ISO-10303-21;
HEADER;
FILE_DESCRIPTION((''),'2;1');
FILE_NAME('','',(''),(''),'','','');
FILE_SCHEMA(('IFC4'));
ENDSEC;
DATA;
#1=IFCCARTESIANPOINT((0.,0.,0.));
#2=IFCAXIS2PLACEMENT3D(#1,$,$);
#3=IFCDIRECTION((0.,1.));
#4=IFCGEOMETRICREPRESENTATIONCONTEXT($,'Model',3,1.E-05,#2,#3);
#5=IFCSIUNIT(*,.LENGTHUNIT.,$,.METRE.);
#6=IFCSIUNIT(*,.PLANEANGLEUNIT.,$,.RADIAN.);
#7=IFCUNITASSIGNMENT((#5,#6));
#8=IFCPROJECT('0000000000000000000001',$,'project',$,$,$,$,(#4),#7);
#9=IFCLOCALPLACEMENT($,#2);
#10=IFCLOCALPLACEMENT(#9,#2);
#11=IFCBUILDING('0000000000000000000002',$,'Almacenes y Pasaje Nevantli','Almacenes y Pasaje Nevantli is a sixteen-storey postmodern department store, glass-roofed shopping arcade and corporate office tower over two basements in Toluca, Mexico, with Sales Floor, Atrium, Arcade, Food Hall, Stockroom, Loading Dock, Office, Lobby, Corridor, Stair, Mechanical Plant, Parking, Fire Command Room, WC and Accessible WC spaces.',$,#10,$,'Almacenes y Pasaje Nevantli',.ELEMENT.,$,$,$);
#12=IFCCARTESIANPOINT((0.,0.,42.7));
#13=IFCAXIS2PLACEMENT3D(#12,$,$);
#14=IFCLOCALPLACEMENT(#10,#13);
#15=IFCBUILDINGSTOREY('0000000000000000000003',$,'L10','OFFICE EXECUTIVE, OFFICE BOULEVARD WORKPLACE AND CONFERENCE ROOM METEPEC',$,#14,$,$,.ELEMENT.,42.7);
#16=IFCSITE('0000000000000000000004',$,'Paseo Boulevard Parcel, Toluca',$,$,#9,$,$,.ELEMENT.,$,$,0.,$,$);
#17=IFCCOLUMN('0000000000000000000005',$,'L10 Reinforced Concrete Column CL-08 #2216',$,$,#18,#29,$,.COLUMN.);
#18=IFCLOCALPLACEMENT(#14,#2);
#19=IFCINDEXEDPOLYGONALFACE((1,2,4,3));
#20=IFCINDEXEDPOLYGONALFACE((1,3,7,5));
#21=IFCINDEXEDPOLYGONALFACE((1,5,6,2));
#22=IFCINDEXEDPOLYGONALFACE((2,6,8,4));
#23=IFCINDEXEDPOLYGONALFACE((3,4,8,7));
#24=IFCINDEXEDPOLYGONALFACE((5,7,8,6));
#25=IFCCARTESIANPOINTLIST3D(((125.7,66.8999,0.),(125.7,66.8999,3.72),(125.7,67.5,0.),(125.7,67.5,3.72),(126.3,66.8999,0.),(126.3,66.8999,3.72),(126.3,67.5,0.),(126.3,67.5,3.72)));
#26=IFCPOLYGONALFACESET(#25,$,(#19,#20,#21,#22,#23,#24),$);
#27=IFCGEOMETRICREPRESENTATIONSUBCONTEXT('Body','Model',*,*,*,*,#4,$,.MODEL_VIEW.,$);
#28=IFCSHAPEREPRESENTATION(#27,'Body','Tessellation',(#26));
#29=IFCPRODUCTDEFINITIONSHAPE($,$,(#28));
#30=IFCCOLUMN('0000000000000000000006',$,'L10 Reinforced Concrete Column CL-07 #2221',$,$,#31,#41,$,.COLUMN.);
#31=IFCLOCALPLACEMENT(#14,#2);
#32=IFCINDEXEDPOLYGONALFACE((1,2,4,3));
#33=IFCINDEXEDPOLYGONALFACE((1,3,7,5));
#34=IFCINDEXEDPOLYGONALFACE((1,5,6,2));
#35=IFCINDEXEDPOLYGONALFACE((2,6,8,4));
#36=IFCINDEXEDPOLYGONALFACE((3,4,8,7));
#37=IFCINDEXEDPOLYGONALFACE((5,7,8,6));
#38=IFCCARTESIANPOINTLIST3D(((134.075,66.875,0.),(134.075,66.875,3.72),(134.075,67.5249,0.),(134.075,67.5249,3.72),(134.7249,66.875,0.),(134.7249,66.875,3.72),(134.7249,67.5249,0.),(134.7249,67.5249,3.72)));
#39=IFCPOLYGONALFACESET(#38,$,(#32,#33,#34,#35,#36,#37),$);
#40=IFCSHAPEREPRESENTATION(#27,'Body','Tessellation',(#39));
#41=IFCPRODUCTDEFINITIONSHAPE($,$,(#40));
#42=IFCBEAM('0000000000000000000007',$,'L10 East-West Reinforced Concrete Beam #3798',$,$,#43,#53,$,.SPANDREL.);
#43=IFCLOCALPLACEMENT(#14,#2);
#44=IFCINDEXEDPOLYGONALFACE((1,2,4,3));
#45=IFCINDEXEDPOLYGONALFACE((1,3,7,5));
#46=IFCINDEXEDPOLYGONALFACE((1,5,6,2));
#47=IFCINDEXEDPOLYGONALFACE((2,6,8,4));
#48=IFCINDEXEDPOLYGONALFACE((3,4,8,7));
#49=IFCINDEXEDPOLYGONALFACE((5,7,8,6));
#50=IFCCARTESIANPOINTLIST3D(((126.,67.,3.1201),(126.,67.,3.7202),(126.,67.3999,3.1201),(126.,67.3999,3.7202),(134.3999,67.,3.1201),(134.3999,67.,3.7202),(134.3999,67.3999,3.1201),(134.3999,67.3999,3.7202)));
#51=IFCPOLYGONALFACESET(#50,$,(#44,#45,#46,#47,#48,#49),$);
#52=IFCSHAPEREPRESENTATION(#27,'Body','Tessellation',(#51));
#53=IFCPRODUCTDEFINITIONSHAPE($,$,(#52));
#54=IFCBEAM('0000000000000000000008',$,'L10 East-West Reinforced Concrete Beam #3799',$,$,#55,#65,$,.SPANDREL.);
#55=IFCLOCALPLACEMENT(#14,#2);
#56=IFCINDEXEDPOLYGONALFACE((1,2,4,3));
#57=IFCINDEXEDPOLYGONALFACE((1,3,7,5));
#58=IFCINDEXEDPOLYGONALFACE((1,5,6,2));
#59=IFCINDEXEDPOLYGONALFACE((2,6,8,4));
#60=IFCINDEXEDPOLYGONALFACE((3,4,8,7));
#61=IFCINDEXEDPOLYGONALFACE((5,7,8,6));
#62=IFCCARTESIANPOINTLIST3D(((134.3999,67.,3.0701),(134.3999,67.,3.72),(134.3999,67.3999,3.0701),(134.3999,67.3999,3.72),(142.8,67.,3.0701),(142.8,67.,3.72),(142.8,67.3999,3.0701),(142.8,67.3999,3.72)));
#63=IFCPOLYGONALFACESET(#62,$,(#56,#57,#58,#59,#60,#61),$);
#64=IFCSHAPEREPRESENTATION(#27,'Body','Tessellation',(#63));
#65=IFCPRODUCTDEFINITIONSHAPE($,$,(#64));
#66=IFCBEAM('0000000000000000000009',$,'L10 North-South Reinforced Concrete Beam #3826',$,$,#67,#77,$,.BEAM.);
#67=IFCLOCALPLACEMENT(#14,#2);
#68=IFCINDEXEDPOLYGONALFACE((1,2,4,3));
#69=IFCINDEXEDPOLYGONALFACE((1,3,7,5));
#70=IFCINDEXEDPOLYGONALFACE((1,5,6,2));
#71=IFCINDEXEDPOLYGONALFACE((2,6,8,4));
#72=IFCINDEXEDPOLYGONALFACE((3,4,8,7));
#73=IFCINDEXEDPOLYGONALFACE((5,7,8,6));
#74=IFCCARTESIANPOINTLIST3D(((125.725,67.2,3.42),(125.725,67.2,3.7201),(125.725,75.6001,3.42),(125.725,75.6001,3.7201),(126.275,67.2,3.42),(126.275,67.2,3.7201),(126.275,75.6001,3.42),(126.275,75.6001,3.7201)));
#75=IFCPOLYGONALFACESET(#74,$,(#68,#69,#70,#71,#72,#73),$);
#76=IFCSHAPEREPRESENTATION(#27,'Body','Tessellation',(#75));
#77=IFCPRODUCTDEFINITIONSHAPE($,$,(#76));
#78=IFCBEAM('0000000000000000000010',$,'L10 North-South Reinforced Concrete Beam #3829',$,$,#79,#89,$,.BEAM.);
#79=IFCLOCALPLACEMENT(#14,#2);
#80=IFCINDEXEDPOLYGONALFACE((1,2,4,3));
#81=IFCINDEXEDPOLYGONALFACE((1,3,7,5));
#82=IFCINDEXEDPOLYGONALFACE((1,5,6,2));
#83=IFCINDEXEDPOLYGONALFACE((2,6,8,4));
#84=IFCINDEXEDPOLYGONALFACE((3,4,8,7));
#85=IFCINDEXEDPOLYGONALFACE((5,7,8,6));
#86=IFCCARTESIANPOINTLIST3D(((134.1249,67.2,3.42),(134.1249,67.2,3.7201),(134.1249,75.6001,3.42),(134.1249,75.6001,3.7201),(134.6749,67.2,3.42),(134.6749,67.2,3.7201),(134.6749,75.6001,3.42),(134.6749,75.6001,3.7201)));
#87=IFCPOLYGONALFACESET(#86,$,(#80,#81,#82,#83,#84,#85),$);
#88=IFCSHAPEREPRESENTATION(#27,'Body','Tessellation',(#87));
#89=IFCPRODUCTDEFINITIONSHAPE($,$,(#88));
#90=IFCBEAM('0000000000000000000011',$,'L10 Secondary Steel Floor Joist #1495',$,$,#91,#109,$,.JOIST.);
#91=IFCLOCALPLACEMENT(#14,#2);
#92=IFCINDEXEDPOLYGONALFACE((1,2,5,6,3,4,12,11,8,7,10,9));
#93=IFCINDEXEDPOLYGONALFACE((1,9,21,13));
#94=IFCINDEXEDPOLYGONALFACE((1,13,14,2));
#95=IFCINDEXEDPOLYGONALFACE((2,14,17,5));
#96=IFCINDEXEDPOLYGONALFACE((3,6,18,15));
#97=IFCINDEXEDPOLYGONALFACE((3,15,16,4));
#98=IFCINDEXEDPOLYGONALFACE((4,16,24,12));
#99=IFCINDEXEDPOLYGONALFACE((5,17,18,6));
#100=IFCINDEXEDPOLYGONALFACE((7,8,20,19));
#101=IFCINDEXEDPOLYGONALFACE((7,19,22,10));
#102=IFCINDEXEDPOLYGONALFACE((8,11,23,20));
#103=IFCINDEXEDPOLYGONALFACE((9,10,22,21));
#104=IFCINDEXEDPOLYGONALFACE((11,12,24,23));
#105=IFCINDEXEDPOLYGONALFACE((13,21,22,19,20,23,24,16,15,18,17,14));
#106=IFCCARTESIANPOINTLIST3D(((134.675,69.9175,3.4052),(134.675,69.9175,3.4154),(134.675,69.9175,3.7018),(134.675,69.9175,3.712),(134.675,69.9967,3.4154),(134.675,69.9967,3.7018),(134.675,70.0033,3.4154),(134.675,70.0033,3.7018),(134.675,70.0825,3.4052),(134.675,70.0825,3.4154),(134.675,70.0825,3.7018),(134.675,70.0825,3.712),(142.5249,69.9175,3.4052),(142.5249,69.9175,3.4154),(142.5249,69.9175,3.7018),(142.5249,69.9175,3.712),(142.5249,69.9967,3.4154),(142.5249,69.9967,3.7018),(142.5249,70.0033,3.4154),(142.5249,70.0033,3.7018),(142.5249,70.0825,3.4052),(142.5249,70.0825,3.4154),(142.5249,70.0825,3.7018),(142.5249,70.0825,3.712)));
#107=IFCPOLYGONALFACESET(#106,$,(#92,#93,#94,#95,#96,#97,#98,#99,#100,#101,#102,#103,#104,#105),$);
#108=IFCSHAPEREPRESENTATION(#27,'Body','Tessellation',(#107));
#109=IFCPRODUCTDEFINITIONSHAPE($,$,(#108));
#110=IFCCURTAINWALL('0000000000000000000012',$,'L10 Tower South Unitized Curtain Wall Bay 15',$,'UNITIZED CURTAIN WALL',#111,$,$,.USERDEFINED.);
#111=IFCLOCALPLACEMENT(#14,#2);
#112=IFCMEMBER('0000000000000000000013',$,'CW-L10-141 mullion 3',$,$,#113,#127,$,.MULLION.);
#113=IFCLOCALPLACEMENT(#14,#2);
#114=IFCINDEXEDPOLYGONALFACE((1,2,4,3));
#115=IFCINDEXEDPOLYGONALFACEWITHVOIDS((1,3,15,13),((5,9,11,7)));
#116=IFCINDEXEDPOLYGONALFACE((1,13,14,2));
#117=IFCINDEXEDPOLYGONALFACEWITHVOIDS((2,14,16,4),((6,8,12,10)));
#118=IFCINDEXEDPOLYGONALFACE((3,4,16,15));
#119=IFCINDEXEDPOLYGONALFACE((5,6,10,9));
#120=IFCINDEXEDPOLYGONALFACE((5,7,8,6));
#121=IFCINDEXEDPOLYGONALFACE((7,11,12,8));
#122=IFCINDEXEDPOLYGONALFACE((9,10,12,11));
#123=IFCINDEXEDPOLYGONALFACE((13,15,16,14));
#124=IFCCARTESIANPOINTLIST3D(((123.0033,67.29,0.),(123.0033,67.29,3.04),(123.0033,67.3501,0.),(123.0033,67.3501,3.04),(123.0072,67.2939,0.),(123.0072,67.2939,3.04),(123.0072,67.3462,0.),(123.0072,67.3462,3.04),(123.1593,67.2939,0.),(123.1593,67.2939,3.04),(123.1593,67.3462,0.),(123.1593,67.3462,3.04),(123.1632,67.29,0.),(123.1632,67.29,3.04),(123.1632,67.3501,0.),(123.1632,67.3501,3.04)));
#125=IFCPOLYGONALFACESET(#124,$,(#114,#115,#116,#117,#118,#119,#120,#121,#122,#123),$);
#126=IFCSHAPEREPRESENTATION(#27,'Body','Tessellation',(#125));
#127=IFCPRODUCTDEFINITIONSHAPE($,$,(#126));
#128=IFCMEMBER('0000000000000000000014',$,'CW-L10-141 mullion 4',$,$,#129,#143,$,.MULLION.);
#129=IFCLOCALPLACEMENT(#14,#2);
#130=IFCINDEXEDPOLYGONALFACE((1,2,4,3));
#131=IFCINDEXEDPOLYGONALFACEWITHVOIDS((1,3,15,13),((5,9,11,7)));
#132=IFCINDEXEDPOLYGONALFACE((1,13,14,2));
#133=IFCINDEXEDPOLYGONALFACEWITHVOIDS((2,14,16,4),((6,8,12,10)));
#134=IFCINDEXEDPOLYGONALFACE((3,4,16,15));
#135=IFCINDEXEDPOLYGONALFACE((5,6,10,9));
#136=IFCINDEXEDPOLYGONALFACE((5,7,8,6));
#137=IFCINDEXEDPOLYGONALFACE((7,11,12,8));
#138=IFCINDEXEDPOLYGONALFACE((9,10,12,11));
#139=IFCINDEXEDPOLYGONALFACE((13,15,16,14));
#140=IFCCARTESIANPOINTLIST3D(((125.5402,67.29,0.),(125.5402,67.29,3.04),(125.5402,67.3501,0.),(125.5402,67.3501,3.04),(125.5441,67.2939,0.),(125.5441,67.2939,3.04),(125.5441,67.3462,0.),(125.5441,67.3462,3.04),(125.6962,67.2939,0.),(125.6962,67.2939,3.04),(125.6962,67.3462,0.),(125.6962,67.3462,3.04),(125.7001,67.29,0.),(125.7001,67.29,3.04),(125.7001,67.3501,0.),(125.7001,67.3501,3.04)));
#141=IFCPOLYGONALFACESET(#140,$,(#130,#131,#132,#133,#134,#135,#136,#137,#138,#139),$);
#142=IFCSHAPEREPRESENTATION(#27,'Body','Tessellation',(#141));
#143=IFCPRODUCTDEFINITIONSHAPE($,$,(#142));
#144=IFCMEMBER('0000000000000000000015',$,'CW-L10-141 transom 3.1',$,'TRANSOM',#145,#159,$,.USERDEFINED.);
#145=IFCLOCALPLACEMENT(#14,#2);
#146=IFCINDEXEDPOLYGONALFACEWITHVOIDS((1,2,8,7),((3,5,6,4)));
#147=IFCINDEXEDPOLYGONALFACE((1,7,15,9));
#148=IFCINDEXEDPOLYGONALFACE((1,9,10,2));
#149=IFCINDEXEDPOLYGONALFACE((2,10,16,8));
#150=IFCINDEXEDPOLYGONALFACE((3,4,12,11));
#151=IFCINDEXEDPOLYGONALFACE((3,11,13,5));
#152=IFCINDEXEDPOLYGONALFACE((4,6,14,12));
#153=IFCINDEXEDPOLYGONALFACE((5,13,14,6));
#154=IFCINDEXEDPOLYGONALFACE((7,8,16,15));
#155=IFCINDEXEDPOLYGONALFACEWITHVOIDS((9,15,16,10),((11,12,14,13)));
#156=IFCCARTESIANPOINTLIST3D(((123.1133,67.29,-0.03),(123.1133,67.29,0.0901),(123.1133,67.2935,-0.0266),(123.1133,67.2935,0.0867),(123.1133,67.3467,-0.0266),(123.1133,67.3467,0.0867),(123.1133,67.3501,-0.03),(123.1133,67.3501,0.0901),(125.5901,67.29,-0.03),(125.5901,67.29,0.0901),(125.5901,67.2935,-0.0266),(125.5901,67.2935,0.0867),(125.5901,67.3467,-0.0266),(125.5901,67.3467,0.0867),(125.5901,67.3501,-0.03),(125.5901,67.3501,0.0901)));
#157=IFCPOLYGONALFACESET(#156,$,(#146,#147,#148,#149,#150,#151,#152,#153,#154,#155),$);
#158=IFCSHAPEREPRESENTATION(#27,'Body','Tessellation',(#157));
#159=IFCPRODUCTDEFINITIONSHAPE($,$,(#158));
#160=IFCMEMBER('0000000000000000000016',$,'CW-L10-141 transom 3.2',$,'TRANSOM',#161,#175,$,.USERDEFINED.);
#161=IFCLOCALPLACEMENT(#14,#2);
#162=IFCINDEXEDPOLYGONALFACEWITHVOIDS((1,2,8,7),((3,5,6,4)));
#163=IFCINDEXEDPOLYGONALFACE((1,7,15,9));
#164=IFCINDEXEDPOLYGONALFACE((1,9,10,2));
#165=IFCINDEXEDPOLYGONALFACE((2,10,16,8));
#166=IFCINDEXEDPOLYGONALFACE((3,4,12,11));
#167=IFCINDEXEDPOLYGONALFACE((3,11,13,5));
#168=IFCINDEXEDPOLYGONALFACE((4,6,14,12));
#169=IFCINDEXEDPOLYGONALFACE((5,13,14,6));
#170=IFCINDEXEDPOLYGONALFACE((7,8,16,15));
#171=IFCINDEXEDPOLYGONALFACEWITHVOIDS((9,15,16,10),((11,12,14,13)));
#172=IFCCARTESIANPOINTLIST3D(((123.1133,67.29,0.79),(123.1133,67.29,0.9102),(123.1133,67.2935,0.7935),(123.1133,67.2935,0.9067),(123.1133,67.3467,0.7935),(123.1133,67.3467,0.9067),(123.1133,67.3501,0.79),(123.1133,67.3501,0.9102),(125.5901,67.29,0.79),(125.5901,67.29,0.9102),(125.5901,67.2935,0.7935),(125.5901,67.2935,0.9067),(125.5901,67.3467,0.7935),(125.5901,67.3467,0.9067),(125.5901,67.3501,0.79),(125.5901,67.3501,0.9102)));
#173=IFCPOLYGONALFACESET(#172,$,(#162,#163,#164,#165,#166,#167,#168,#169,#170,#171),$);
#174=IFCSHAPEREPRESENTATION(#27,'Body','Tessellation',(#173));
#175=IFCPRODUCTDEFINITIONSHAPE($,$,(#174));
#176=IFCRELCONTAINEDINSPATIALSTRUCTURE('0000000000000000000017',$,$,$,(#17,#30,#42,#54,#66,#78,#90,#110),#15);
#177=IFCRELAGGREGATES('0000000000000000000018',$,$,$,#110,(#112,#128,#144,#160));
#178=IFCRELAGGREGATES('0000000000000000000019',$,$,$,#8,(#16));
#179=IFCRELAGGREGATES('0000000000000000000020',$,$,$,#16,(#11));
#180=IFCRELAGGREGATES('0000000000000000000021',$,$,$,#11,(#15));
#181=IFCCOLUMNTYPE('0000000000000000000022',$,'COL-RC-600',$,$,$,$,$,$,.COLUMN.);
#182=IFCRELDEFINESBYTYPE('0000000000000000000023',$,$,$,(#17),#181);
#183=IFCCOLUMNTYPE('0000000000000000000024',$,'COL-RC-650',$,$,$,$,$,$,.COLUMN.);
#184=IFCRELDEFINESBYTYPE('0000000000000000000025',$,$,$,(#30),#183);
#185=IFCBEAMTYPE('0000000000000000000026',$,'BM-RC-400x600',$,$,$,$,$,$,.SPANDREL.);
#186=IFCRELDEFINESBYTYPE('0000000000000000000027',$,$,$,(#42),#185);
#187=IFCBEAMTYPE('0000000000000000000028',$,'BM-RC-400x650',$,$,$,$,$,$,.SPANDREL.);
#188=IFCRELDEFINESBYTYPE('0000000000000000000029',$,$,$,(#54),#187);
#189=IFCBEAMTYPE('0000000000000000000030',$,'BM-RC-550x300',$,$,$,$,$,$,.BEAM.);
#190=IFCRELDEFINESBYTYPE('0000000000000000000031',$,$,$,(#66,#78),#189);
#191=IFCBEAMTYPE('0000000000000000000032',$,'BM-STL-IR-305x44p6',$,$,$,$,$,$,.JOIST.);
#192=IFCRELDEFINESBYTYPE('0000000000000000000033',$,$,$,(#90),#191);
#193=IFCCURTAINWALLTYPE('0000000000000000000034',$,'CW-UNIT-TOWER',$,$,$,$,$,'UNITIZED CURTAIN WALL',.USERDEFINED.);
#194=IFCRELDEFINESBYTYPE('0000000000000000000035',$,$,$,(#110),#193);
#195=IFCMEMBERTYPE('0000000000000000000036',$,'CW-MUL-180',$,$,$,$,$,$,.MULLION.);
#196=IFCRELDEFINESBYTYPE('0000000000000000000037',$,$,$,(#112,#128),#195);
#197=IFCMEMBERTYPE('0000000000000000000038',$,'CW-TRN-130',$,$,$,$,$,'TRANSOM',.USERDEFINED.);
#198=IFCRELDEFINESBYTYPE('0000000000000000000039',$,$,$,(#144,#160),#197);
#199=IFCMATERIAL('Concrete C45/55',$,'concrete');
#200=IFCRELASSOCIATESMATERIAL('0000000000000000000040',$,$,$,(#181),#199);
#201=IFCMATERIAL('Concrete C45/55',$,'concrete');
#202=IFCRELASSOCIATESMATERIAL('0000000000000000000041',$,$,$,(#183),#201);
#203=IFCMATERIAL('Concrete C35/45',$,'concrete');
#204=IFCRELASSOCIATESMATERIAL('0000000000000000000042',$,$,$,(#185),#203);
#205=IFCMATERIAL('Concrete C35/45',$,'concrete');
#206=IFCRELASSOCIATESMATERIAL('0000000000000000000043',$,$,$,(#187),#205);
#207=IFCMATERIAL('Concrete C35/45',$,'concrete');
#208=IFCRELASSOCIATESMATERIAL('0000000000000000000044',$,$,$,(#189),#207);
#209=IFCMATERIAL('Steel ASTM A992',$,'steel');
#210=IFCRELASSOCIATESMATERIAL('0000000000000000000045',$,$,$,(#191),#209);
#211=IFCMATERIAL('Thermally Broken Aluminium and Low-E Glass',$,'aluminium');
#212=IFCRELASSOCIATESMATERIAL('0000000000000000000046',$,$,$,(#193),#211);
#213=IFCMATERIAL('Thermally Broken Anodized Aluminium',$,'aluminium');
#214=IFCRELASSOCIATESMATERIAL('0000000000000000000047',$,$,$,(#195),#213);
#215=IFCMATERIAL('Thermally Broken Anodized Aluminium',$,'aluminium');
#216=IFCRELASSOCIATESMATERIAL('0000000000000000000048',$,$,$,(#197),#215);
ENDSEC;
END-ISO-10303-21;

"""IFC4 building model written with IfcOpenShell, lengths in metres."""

from ifc_helpers import new_model, si_unit, direction, frame, origin, origin_2d, place, context, subcontext, project, spatial, rectangle, hollow_rectangle, i_section, extrude, material, material_profile, profile_set, type_object, element, aggregate, save


model = new_model("IFC4")

# Units and contexts
model_context = context("Model", 3, precision=1e-05, world=origin(), true_north=direction((0.0, 1.0)))
body_context = subcontext(model_context, "Body", "Model", "MODEL_VIEW")
ifc_project = project(units=[si_unit("LENGTHUNIT", "METRE"), si_unit("PLANEANGLEUNIT", "RADIAN")], contexts=[model_context])

# Site, building, storey
site_placement = place(None, origin())
site = spatial("IfcSite", under=ifc_project, at=site_placement, Name="Paseo Boulevard Parcel, Toluca", CompositionType="ELEMENT", RefElevation=0.0)
building_placement = place(site_placement, origin())
building = spatial("IfcBuilding", under=site, at=building_placement, Name="Almacenes y Pasaje Nevantli", Description="Almacenes y Pasaje Nevantli is a sixteen-storey postmodern department store, glass-roofed shopping arcade and corporate office tower over two basements in Toluca, Mexico, with Sales Floor, Atrium, Arcade, Food Hall, Stockroom, Loading Dock, Office, Lobby, Corridor, Stair, Mechanical Plant, Parking, Fire Command Room, WC and Accessible WC spaces.", LongName="Almacenes y Pasaje Nevantli", CompositionType="ELEMENT")
storey_placement = place(building_placement, frame((0.0, 0.0, 42.7)))
storey = spatial("IfcBuildingStorey", under=building, at=storey_placement, Name="L10", Description="OFFICE EXECUTIVE, OFFICE BOULEVARD WORKPLACE AND CONFERENCE ROOM METEPEC", CompositionType="ELEMENT", Elevation=42.7)

# Columns
ifc_material_1 = material(Name="Concrete C45/55", Category="concrete")
ifc_material_profile_1 = material_profile(ifc_material_1, rectangle(XDim=0.6001, YDim=0.6001, at=origin_2d()), Name="RC-COL-600x600")
ifc_profile_set_1 = profile_set([ifc_material_profile_1], Name="Concrete C45/55")
column_type_1 = type_object("IfcColumnType", Name="COL-RC-600", PredefinedType="COLUMN", material=ifc_profile_set_1)
column_1_placement = place(storey_placement, frame((126.0, 67.2, 0.0), z_axis=(0.0, 0.0, 1.0), x_axis=(1.0, 0.0, 0.0)))
element("IfcColumn", 1, at=column_1_placement, inside=storey, type_object=column_type_1, Name="L10 Reinforced Concrete Column CL-08 #2216", PredefinedType="COLUMN", context=body_context, shape_type="SweptSolid", body=[
    extrude(rectangle(XDim=0.6001, YDim=0.6001, at=origin_2d()), origin(), (0.0, 0.0, 1.0), 3.72),
])
ifc_material_2 = material(Name="Concrete C45/55", Category="concrete")
ifc_material_profile_2 = material_profile(ifc_material_2, rectangle(XDim=0.6499, YDim=0.6499, at=origin_2d()), Name="RC-COL-650x650")
ifc_profile_set_2 = profile_set([ifc_material_profile_2], Name="Concrete C45/55")
column_type_2 = type_object("IfcColumnType", Name="COL-RC-650", PredefinedType="COLUMN", material=ifc_profile_set_2)
column_2_placement = place(storey_placement, frame((134.3999, 67.2, 0.0), z_axis=(0.0, 0.0, 1.0), x_axis=(1.0, 0.0, 0.0)))
element("IfcColumn", 2, at=column_2_placement, inside=storey, type_object=column_type_2, Name="L10 Reinforced Concrete Column CL-07 #2221", PredefinedType="COLUMN", context=body_context, shape_type="SweptSolid", body=[
    extrude(rectangle(XDim=0.6499, YDim=0.6499, at=origin_2d()), origin(), (0.0, 0.0, 1.0), 3.72),
])

# Beams
ifc_material_3 = material(Name="Concrete C35/45", Category="concrete")
ifc_material_profile_3 = material_profile(ifc_material_3, rectangle(XDim=0.3999, YDim=0.6001, at=origin_2d()), Name="RC-BM-400x600")
ifc_profile_set_3 = profile_set([ifc_material_profile_3], Name="Concrete C35/45")
beam_type_1 = type_object("IfcBeamType", Name="BM-RC-400x600", PredefinedType="SPANDREL", material=ifc_profile_set_3)
beam_1_placement = place(storey_placement, frame((126.0, 67.2, 3.4202), z_axis=(1.0, 0.0, 0.0), x_axis=(0.0, 1.0, 0.0)))
element("IfcBeam", 3, at=beam_1_placement, inside=storey, type_object=beam_type_1, Name="L10 East-West Reinforced Concrete Beam #3798", PredefinedType="SPANDREL", context=body_context, shape_type="SweptSolid", body=[
    extrude(rectangle(XDim=0.3999, YDim=0.6001, at=origin_2d()), origin(), (0.0, 0.0, 1.0), 8.3999),
])
ifc_material_4 = material(Name="Concrete C35/45", Category="concrete")
ifc_material_profile_4 = material_profile(ifc_material_4, rectangle(XDim=0.3999, YDim=0.6499, at=origin_2d()), Name="RC-BM-400x650")
ifc_profile_set_4 = profile_set([ifc_material_profile_4], Name="Concrete C35/45")
beam_type_2 = type_object("IfcBeamType", Name="BM-RC-400x650", PredefinedType="SPANDREL", material=ifc_profile_set_4)
beam_2_placement = place(storey_placement, frame((134.3999, 67.2, 3.395), z_axis=(1.0, 0.0, 0.0), x_axis=(0.0, 1.0, 0.0)))
element("IfcBeam", 4, at=beam_2_placement, inside=storey, type_object=beam_type_2, Name="L10 East-West Reinforced Concrete Beam #3799", PredefinedType="SPANDREL", context=body_context, shape_type="SweptSolid", body=[
    extrude(rectangle(XDim=0.3999, YDim=0.6499, at=origin_2d()), origin(), (0.0, 0.0, 1.0), 8.4001),
])
ifc_material_5 = material(Name="Concrete C35/45", Category="concrete")
ifc_material_profile_5 = material_profile(ifc_material_5, rectangle(XDim=0.55, YDim=0.3, at=origin_2d()), Name="RC-BM-550x300")
ifc_profile_set_5 = profile_set([ifc_material_profile_5], Name="Concrete C35/45")
beam_type_3 = type_object("IfcBeamType", Name="BM-RC-550x300", PredefinedType="BEAM", material=ifc_profile_set_5)
for number, where, z_axis, x_axis, name in (
    (5, (126.0, 67.2, 3.5701), (0.0, 1.0, 0.0), (-1.0, 0.0, 0.0), "L10 North-South Reinforced Concrete Beam #3826"),
    (6, (134.3999, 67.2, 3.5701), (0.0, 1.0, 0.0), (-1.0, 0.0, 0.0), "L10 North-South Reinforced Concrete Beam #3829"),
):
    element("IfcBeam", number, at=place(storey_placement, frame(where, z_axis=z_axis, x_axis=x_axis)), inside=storey, type_object=beam_type_3, Name=name, PredefinedType="BEAM", context=body_context, shape_type="SweptSolid", body=[
        extrude(rectangle(XDim=0.55, YDim=0.3, at=origin_2d()), origin(), (0.0, 0.0, 1.0), 8.4001),
    ])
ifc_material_6 = material(Name="Steel ASTM A992", Category="steel")
ifc_material_profile_6 = material_profile(ifc_material_6, i_section(OverallWidth=0.165, OverallDepth=0.3069, WebThickness=0.0066, FlangeThickness=0.0103, at=origin_2d()), Name="IR 305x44.6")
ifc_profile_set_6 = profile_set([ifc_material_profile_6], Name="Steel ASTM A992")
beam_type_4 = type_object("IfcBeamType", Name="BM-STL-IR-305x44p6", PredefinedType="JOIST", material=ifc_profile_set_6)
beam_3_placement = place(storey_placement, frame((134.675, 70.0, 3.5586), z_axis=(1.0, 0.0, 0.0), x_axis=(0.0, 1.0, 0.0)))
element("IfcBeam", 7, at=beam_3_placement, inside=storey, type_object=beam_type_4, Name="L10 Secondary Steel Floor Joist #1495", PredefinedType="JOIST", context=body_context, shape_type="SweptSolid", body=[
    extrude(i_section(OverallWidth=0.165, OverallDepth=0.3069, WebThickness=0.0066, FlangeThickness=0.0103, at=origin_2d()), origin(), (0.0, 0.0, 1.0), 7.8499),
])

# Curtain wall, members
ifc_material_7 = material(Name="Thermally Broken Aluminium and Low-E Glass", Category="aluminium")
curtain_wall_type = type_object("IfcCurtainWallType", Name="CW-UNIT-TOWER", ElementType="UNITIZED CURTAIN WALL", PredefinedType="USERDEFINED", material=ifc_material_7)
curtain_wall_placement = place(storey_placement, origin())
curtain_wall = element("IfcCurtainWall", 8, at=curtain_wall_placement, inside=storey, type_object=curtain_wall_type, Name="L10 Tower South Unitized Curtain Wall Bay 15", ObjectType="UNITIZED CURTAIN WALL", PredefinedType="USERDEFINED")
ifc_material_8 = material(Name="Thermally Broken Anodized Aluminium", Category="aluminium")
ifc_material_profile_7 = material_profile(ifc_material_8, hollow_rectangle(XDim=0.0601, YDim=0.1599, WallThickness=0.0039, at=origin_2d()), Name="ALU-MUL-60x160")
ifc_profile_set_7 = profile_set([ifc_material_profile_7], Name="Thermally Broken Anodized Aluminium")
member_type_1 = type_object("IfcMemberType", Name="CW-MUL-180", PredefinedType="MULLION", material=ifc_profile_set_7)
member_1_placement = place(storey_placement, frame((123.0833, 67.3201, 0.0), z_axis=(0.0, 0.0, 1.0), x_axis=(0.0, 1.0, 0.0)))
member_1 = element("IfcMember", 9, at=member_1_placement, type_object=member_type_1, Name="CW-L10-141 mullion 3", PredefinedType="MULLION", context=body_context, shape_type="SweptSolid", body=[
    extrude(hollow_rectangle(XDim=0.0601, YDim=0.1599, WallThickness=0.0039, at=origin_2d()), origin(), (0.0, 0.0, 1.0), 3.04),
])
member_2_placement = place(storey_placement, frame((125.6201, 67.3201, 0.0), z_axis=(0.0, 0.0, 1.0), x_axis=(0.0, 1.0, 0.0)))
member_2 = element("IfcMember", 10, at=member_2_placement, type_object=member_type_1, Name="CW-L10-141 mullion 4", PredefinedType="MULLION", context=body_context, shape_type="SweptSolid", body=[
    extrude(hollow_rectangle(XDim=0.0601, YDim=0.1599, WallThickness=0.0039, at=origin_2d()), origin(), (0.0, 0.0, 1.0), 3.04),
])
ifc_material_9 = material(Name="Thermally Broken Anodized Aluminium", Category="aluminium")
ifc_material_profile_8 = material_profile(ifc_material_9, hollow_rectangle(XDim=0.0601, YDim=0.1201, WallThickness=0.0034, at=origin_2d()), Name="ALU-TRN-60x120")
ifc_profile_set_8 = profile_set([ifc_material_profile_8], Name="Thermally Broken Anodized Aluminium")
member_type_2 = type_object("IfcMemberType", Name="CW-TRN-130", ElementType="TRANSOM", PredefinedType="USERDEFINED", material=ifc_profile_set_8)
member_3_placement = place(storey_placement, frame((123.1133, 67.3201, 0.03), z_axis=(1.0, 0.0, 0.0), x_axis=(0.0, 1.0, 0.0)))
member_3 = element("IfcMember", 11, at=member_3_placement, type_object=member_type_2, Name="CW-L10-141 transom 3.1", ObjectType="TRANSOM", PredefinedType="USERDEFINED", context=body_context, shape_type="SweptSolid", body=[
    extrude(hollow_rectangle(XDim=0.0601, YDim=0.1201, WallThickness=0.0034, at=origin_2d()), origin(), (0.0, 0.0, 1.0), 2.4768),
])
member_4_placement = place(storey_placement, frame((123.1133, 67.3201, 0.8501), z_axis=(1.0, 0.0, 0.0), x_axis=(0.0, 1.0, 0.0)))
member_4 = element("IfcMember", 12, at=member_4_placement, type_object=member_type_2, Name="CW-L10-141 transom 3.2", ObjectType="TRANSOM", PredefinedType="USERDEFINED", context=body_context, shape_type="SweptSolid", body=[
    extrude(hollow_rectangle(XDim=0.0601, YDim=0.1201, WallThickness=0.0034, at=origin_2d()), origin(), (0.0, 0.0, 1.0), 2.4768),
])
aggregate(curtain_wall, [member_1, member_2, member_3, member_4])

save(model, "model.ifc")
